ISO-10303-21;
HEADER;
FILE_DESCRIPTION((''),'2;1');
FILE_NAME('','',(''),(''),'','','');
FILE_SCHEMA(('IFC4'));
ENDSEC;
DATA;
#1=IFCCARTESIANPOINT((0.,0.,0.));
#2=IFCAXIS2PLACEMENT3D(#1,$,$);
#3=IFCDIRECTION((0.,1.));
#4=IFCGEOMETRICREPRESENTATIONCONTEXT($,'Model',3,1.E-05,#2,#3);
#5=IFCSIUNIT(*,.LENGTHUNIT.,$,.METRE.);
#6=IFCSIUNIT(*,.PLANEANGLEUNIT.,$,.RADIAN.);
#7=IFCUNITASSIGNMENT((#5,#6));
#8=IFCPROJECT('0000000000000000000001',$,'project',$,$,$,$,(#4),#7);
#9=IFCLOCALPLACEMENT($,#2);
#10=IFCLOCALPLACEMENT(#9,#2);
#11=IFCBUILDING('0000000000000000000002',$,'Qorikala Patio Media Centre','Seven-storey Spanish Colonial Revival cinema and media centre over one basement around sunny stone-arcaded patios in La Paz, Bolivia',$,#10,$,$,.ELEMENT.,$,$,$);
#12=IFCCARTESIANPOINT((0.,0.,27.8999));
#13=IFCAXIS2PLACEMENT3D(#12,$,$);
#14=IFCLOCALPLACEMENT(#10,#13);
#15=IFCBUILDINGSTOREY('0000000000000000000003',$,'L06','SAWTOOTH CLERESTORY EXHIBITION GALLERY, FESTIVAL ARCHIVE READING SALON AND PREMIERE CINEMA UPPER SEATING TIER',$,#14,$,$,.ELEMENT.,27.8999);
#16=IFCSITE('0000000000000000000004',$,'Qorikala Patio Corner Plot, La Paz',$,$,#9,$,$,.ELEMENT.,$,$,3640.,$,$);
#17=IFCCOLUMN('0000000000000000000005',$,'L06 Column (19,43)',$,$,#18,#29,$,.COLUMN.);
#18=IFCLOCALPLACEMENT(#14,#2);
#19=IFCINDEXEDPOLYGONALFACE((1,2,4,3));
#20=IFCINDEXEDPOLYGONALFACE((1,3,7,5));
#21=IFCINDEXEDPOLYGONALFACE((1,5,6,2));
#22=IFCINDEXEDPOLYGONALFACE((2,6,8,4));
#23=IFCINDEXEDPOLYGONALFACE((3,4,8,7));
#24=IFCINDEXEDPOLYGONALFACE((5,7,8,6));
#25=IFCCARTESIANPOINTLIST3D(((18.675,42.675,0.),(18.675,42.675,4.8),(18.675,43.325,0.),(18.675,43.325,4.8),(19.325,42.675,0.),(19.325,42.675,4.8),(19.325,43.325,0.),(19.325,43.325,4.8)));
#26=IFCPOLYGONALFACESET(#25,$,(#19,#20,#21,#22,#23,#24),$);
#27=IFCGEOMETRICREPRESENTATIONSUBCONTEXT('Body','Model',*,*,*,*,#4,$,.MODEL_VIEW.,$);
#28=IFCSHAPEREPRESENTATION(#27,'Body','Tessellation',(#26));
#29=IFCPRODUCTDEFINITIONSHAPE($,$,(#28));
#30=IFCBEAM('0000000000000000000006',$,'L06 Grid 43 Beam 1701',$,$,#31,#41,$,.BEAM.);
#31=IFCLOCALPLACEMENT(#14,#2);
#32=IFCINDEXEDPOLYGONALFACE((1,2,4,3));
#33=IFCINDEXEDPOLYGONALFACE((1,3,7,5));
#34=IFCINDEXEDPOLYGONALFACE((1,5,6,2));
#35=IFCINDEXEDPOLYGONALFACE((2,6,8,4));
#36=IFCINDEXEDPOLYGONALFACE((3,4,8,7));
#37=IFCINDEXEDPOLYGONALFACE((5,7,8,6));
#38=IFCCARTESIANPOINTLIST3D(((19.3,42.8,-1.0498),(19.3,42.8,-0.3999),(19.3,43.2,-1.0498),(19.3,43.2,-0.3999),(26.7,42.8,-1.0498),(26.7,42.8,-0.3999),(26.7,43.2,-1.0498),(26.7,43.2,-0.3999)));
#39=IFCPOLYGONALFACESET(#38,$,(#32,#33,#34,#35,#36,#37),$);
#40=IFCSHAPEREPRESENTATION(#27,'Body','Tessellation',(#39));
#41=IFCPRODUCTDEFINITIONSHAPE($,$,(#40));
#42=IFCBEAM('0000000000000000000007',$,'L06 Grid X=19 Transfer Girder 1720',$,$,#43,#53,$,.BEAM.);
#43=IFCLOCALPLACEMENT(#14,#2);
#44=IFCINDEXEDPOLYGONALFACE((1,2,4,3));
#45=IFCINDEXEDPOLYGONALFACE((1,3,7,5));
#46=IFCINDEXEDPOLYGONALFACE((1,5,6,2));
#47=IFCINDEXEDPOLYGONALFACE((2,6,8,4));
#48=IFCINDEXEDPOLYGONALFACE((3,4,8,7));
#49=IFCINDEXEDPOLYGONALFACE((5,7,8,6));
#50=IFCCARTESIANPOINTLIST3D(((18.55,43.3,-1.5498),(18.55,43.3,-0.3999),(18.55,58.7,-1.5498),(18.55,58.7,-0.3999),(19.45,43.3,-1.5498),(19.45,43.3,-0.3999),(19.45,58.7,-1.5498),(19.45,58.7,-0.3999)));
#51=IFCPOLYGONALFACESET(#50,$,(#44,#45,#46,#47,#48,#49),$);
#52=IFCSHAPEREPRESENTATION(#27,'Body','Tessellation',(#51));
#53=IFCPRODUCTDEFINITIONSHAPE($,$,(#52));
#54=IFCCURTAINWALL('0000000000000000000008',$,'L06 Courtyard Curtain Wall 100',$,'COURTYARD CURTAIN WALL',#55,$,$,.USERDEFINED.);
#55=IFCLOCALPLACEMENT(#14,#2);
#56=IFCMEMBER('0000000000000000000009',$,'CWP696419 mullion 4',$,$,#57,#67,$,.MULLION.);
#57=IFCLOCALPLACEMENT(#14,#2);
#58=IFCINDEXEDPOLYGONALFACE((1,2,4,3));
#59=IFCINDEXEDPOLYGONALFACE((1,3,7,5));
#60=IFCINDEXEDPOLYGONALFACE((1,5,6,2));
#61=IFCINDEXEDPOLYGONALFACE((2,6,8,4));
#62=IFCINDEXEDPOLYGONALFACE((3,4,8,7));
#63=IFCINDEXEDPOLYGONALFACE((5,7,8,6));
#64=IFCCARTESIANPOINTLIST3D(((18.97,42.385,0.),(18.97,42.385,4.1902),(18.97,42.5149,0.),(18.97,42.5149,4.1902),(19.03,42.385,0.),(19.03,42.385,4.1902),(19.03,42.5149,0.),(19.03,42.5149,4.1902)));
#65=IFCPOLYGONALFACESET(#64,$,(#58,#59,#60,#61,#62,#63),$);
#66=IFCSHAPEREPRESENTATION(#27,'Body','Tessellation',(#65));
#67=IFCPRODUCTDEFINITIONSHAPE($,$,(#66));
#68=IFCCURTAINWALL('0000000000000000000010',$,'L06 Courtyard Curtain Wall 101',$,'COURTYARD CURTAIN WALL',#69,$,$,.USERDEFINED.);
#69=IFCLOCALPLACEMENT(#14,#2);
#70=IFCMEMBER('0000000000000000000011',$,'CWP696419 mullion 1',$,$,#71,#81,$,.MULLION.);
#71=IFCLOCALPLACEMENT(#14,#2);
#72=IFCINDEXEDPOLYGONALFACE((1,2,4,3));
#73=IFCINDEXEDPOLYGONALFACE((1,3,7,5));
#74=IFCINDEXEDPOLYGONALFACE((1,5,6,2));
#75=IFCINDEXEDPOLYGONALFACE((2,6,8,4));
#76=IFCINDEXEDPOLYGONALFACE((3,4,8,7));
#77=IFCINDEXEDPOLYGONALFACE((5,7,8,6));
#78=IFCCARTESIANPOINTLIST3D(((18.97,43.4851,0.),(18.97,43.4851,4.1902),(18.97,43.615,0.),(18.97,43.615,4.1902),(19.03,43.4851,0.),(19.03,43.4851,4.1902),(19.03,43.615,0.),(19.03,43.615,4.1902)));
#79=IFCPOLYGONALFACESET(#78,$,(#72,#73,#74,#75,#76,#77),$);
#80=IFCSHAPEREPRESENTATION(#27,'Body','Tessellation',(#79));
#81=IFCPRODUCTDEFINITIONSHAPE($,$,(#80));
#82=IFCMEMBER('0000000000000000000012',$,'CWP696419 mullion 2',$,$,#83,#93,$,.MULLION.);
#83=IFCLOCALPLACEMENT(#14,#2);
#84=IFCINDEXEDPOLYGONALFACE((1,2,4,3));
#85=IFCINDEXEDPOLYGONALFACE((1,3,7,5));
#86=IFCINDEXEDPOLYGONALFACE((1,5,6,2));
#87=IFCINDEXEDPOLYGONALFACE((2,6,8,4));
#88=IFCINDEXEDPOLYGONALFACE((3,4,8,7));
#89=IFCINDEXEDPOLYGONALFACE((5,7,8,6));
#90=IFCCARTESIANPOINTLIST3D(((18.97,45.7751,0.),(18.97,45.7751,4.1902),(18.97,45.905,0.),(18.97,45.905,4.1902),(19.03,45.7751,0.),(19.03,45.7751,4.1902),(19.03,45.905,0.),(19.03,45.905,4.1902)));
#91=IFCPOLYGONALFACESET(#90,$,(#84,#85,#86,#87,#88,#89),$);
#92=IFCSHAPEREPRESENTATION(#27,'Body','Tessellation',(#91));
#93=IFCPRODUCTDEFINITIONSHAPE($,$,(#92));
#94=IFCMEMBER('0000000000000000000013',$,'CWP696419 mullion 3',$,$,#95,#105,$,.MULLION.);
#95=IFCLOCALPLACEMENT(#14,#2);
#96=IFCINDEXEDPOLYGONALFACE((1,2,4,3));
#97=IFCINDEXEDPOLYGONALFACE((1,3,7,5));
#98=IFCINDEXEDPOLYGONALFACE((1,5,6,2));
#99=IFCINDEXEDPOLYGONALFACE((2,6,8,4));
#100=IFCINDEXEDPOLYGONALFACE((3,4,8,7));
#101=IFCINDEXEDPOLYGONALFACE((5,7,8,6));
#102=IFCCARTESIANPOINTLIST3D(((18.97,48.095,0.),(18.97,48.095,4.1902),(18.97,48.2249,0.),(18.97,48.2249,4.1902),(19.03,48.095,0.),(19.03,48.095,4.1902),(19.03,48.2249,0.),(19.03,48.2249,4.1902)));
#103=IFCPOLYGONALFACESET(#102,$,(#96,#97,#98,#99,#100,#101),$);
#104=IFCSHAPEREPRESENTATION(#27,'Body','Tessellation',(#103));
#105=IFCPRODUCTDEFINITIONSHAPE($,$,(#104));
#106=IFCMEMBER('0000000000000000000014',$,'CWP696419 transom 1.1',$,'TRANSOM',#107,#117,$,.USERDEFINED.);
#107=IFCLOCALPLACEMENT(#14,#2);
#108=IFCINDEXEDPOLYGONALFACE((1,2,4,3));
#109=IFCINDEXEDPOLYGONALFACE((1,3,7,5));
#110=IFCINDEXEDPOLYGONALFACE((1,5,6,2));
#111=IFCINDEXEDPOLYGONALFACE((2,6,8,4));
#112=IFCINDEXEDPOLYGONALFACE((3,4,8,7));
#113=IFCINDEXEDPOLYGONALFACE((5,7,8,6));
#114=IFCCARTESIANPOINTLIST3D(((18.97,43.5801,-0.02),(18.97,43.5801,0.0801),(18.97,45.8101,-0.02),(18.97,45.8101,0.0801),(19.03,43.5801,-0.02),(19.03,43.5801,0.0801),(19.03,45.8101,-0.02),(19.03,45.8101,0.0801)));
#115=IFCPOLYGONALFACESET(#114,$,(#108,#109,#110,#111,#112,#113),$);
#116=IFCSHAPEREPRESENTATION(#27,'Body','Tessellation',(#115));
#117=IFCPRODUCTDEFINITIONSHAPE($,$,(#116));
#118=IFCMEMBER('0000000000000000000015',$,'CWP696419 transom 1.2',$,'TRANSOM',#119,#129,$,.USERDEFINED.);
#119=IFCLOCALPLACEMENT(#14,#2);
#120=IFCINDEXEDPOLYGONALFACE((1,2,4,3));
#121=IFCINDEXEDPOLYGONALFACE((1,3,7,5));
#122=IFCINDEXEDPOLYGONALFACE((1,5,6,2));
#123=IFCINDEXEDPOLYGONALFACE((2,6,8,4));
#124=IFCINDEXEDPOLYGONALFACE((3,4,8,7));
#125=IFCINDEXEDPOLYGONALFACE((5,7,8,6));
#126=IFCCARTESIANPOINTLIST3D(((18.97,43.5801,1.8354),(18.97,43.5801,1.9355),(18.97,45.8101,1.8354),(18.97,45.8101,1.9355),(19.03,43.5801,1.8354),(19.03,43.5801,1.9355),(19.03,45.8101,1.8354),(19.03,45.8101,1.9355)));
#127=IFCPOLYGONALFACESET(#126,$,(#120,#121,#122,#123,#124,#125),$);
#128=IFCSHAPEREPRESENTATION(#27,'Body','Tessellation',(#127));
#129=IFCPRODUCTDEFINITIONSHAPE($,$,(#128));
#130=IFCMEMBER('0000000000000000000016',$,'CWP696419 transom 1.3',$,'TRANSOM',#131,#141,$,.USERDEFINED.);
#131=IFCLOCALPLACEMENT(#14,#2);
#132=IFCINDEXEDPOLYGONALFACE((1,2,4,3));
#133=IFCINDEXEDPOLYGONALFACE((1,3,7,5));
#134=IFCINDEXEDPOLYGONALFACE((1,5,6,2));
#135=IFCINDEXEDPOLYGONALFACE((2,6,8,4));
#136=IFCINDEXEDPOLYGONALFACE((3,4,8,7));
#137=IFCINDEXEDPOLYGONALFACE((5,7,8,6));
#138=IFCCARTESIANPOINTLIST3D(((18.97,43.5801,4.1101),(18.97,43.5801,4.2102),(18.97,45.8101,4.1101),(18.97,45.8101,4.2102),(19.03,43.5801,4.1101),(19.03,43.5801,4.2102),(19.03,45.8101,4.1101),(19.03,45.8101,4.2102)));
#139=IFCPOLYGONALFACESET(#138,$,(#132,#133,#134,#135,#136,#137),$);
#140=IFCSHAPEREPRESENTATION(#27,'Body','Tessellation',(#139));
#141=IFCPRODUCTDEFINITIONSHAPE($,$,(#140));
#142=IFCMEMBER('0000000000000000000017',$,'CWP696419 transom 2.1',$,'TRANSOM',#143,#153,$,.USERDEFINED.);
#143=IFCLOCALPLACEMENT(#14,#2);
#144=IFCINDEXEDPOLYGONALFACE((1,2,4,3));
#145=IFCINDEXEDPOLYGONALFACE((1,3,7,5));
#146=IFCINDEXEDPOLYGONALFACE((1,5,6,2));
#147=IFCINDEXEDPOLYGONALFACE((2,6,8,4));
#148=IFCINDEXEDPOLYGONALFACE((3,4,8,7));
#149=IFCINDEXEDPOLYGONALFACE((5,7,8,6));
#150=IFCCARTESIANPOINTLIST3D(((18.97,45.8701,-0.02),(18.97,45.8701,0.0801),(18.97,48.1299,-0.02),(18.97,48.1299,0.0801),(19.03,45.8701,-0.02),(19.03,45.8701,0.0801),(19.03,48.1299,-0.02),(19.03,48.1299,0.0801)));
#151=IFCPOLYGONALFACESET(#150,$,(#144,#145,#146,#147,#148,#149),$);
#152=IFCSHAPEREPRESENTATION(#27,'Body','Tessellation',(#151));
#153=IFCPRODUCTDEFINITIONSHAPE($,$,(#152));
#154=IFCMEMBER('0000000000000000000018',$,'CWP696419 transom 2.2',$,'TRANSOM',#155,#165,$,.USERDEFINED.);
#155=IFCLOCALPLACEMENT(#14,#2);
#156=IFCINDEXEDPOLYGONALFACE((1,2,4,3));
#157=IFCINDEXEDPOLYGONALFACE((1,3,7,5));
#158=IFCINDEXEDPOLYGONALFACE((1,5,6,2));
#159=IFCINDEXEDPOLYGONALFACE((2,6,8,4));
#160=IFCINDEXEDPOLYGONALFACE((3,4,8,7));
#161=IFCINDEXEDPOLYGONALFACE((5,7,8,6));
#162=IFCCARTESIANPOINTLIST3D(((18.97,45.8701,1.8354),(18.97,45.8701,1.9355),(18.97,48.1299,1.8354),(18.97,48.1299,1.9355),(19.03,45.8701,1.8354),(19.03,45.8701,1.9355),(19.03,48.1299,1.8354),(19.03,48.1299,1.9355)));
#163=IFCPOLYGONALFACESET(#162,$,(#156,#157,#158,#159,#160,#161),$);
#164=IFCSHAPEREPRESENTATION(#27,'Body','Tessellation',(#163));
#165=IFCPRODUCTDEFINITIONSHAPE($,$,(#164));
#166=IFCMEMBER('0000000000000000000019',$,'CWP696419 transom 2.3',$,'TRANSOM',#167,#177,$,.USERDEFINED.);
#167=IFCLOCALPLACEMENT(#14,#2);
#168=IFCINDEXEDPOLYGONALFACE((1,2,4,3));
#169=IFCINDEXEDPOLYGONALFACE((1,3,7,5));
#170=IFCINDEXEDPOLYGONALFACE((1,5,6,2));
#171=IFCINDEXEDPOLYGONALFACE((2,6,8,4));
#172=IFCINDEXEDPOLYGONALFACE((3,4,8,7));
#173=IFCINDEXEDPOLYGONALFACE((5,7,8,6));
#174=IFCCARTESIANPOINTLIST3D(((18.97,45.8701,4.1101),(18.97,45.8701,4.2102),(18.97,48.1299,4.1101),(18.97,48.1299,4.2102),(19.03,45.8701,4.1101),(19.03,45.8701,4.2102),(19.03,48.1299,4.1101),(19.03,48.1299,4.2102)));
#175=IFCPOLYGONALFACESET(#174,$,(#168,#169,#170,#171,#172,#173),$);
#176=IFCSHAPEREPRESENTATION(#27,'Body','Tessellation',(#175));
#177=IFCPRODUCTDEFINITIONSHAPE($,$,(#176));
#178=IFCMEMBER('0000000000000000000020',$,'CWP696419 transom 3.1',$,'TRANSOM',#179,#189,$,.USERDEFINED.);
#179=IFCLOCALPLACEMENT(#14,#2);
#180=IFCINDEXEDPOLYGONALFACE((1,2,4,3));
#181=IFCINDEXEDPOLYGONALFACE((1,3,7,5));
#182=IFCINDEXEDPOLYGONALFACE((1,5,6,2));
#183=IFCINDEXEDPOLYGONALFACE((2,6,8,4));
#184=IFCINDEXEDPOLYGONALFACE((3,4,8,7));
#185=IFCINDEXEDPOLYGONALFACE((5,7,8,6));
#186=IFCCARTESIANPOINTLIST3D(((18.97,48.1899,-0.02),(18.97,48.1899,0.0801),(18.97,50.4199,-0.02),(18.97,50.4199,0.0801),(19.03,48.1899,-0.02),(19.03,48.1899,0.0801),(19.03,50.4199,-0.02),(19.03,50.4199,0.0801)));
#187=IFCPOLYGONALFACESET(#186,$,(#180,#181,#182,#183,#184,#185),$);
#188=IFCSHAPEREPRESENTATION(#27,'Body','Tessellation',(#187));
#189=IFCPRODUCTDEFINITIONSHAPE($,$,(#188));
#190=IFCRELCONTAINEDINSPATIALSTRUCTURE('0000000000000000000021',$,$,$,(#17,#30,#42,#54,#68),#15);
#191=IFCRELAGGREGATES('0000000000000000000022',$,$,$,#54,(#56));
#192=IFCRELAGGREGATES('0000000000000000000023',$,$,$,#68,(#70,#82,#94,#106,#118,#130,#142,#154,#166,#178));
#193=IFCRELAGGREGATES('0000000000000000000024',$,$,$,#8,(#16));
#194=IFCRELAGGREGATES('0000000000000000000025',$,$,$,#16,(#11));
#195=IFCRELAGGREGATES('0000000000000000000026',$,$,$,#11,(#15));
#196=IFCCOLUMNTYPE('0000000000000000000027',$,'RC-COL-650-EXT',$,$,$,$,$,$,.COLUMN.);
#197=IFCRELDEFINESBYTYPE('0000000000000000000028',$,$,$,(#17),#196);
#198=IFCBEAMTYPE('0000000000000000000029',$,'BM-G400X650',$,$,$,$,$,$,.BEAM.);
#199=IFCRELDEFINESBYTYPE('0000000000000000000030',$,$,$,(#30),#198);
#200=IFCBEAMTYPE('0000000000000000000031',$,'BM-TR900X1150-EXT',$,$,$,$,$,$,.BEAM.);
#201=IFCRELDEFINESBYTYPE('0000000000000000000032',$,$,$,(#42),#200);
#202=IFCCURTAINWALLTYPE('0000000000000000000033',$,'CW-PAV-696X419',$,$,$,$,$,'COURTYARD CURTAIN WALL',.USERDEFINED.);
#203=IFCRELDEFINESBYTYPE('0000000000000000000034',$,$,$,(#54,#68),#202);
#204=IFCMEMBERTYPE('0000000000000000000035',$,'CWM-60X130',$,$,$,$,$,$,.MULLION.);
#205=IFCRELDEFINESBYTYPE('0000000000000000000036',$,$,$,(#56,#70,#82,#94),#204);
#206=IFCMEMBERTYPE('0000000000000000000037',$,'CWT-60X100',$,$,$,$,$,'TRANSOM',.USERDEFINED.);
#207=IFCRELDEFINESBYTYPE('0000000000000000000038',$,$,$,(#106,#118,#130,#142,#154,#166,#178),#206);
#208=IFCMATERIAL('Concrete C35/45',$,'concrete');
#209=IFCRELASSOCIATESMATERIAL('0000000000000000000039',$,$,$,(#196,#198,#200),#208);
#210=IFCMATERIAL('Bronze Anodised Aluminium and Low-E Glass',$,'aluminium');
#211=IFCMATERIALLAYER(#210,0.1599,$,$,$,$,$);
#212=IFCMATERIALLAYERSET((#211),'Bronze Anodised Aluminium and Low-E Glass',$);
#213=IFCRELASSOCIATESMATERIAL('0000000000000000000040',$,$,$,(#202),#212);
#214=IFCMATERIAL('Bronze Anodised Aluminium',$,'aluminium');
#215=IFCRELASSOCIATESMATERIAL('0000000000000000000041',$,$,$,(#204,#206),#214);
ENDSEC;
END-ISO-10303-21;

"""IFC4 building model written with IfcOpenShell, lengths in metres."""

from ifc_helpers import new_model, si_unit, direction, frame, origin, origin_2d, place, context, subcontext, project, spatial, rectangle, extrude, material, layer, layer_set, material_profile, profile_set, type_object, element, aggregate, save


model = new_model("IFC4")

# Units and contexts
model_context = context("Model", 3, precision=1e-05, world=origin(), true_north=direction((0.0, 1.0)))
body_context = subcontext(model_context, "Body", "Model", "MODEL_VIEW")
ifc_project = project(units=[si_unit("LENGTHUNIT", "METRE"), si_unit("PLANEANGLEUNIT", "RADIAN")], contexts=[model_context])

# Site, building, storey
site_placement = place(None, origin())
site = spatial("IfcSite", under=ifc_project, at=site_placement, Name="Qorikala Patio Corner Plot, La Paz", CompositionType="ELEMENT", RefElevation=3640.0)
building_placement = place(site_placement, origin())
building = spatial("IfcBuilding", under=site, at=building_placement, Name="Qorikala Patio Media Centre", Description="Seven-storey Spanish Colonial Revival cinema and media centre over one basement around sunny stone-arcaded patios in La Paz, Bolivia", CompositionType="ELEMENT")
storey_placement = place(building_placement, frame((0.0, 0.0, 27.8999)))
storey = spatial("IfcBuildingStorey", under=building, at=storey_placement, Name="L06", Description="SAWTOOTH CLERESTORY EXHIBITION GALLERY, FESTIVAL ARCHIVE READING SALON AND PREMIERE CINEMA UPPER SEATING TIER", CompositionType="ELEMENT", Elevation=27.8999)

# Column
ifc_material_1 = material(Name="Concrete C35/45", Category="concrete")
ifc_material_profile_1 = material_profile(ifc_material_1, rectangle(XDim=0.6499, YDim=0.6499, at=origin_2d()), Name="RC 650x650")
ifc_profile_set_1 = profile_set([ifc_material_profile_1], Name="Concrete C35/45")
column_type = type_object("IfcColumnType", Name="RC-COL-650-EXT", PredefinedType="COLUMN", material=ifc_profile_set_1)
column_placement = place(storey_placement, frame((19.0, 43.0, 0.0), z_axis=(0.0, 0.0, 1.0), x_axis=(1.0, 0.0, 0.0)))
element("IfcColumn", 1, at=column_placement, inside=storey, type_object=column_type, Name="L06 Column (19,43)", PredefinedType="COLUMN", context=body_context, shape_type="SweptSolid", body=[
    extrude(rectangle(XDim=0.6499, YDim=0.6499, at=origin_2d()), origin(), (0.0, 0.0, 1.0), 4.8),
])

# Beams
ifc_material_profile_2 = material_profile(ifc_material_1, rectangle(XDim=0.3999, YDim=0.6499, at=origin_2d()), Name="RC 400x650")
ifc_profile_set_2 = profile_set([ifc_material_profile_2], Name="Concrete C35/45")
beam_type_1 = type_object("IfcBeamType", Name="BM-G400X650", PredefinedType="BEAM", material=ifc_profile_set_2)
beam_1_placement = place(storey_placement, frame((19.3, 43.0, -0.7249), z_axis=(1.0, 0.0, 0.0), x_axis=(0.0, 1.0, 0.0)))
element("IfcBeam", 2, at=beam_1_placement, inside=storey, type_object=beam_type_1, Name="L06 Grid 43 Beam 1701", PredefinedType="BEAM", context=body_context, shape_type="SweptSolid", body=[
    extrude(rectangle(XDim=0.3999, YDim=0.6499, at=origin_2d()), origin(), (0.0, 0.0, 1.0), 7.3999),
])
ifc_material_profile_3 = material_profile(ifc_material_1, rectangle(XDim=0.8999, YDim=1.1499, at=origin_2d()), Name="RC 900x1150")
ifc_profile_set_3 = profile_set([ifc_material_profile_3], Name="Concrete C35/45")
beam_type_2 = type_object("IfcBeamType", Name="BM-TR900X1150-EXT", PredefinedType="BEAM", material=ifc_profile_set_3)
beam_2_placement = place(storey_placement, frame((19.0, 43.3, -0.9749), z_axis=(0.0, 1.0, 0.0), x_axis=(-1.0, 0.0, 0.0)))
element("IfcBeam", 3, at=beam_2_placement, inside=storey, type_object=beam_type_2, Name="L06 Grid X=19 Transfer Girder 1720", PredefinedType="BEAM", context=body_context, shape_type="SweptSolid", body=[
    extrude(rectangle(XDim=0.8999, YDim=1.1499, at=origin_2d()), origin(), (0.0, 0.0, 1.0), 15.3999),
])

# Curtain wall, member
ifc_material_2 = material(Name="Bronze Anodised Aluminium and Low-E Glass", Category="aluminium")
ifc_layer_1 = layer(ifc_material_2, 0.1599)
ifc_layer_set_1 = layer_set([ifc_layer_1], Name="Bronze Anodised Aluminium and Low-E Glass")
curtain_wall_type = type_object("IfcCurtainWallType", Name="CW-PAV-696X419", ElementType="COURTYARD CURTAIN WALL", PredefinedType="USERDEFINED", material=ifc_layer_set_1)
curtain_wall_1_placement = place(storey_placement, origin())
curtain_wall_1 = element("IfcCurtainWall", 4, at=curtain_wall_1_placement, inside=storey, type_object=curtain_wall_type, Name="L06 Courtyard Curtain Wall 100", ObjectType="COURTYARD CURTAIN WALL", PredefinedType="USERDEFINED")
ifc_material_3 = material(Name="Bronze Anodised Aluminium", Category="aluminium")
ifc_material_profile_4 = material_profile(ifc_material_3, rectangle(XDim=0.0601, YDim=0.1299, at=origin_2d()), Name="ALU MULLION 60x130")
ifc_profile_set_4 = profile_set([ifc_material_profile_4], Name="Bronze Anodised Aluminium")
member_type_1 = type_object("IfcMemberType", Name="CWM-60X130", PredefinedType="MULLION", material=ifc_profile_set_4)
member_1_placement = place(storey_placement, frame((19.0, 42.45, 0.0), z_axis=(0.0, 0.0, 1.0), x_axis=(-1.0, 0.0, 0.0)))
member_1 = element("IfcMember", 5, at=member_1_placement, type_object=member_type_1, Name="CWP696419 mullion 4", PredefinedType="MULLION", context=body_context, shape_type="SweptSolid", body=[
    extrude(rectangle(XDim=0.0601, YDim=0.1299, at=origin_2d()), origin(), (0.0, 0.0, 1.0), 4.1902),
])

# Curtain wall, members
curtain_wall_2_placement = place(storey_placement, origin())
curtain_wall_2 = element("IfcCurtainWall", 6, at=curtain_wall_2_placement, inside=storey, type_object=curtain_wall_type, Name="L06 Courtyard Curtain Wall 101", ObjectType="COURTYARD CURTAIN WALL", PredefinedType="USERDEFINED")
member_2_placement = place(storey_placement, frame((19.0, 43.55, 0.0), z_axis=(0.0, 0.0, 1.0), x_axis=(-1.0, 0.0, 0.0)))
member_2 = element("IfcMember", 7, at=member_2_placement, type_object=member_type_1, Name="CWP696419 mullion 1", PredefinedType="MULLION", context=body_context, shape_type="SweptSolid", body=[
    extrude(rectangle(XDim=0.0601, YDim=0.1299, at=origin_2d()), origin(), (0.0, 0.0, 1.0), 4.1902),
])
member_3_placement = place(storey_placement, frame((19.0, 45.8401, 0.0), z_axis=(0.0, 0.0, 1.0), x_axis=(-1.0, 0.0, 0.0)))
member_3 = element("IfcMember", 8, at=member_3_placement, type_object=member_type_1, Name="CWP696419 mullion 2", PredefinedType="MULLION", context=body_context, shape_type="SweptSolid", body=[
    extrude(rectangle(XDim=0.0601, YDim=0.1299, at=origin_2d()), origin(), (0.0, 0.0, 1.0), 4.1902),
])
member_4_placement = place(storey_placement, frame((19.0, 48.1599, 0.0), z_axis=(0.0, 0.0, 1.0), x_axis=(-1.0, 0.0, 0.0)))
member_4 = element("IfcMember", 9, at=member_4_placement, type_object=member_type_1, Name="CWP696419 mullion 3", PredefinedType="MULLION", context=body_context, shape_type="SweptSolid", body=[
    extrude(rectangle(XDim=0.0601, YDim=0.1299, at=origin_2d()), origin(), (0.0, 0.0, 1.0), 4.1902),
])
ifc_material_profile_5 = material_profile(ifc_material_3, rectangle(XDim=0.0601, YDim=0.1001, at=origin_2d()), Name="ALU TRANSOM 60x100")
ifc_profile_set_5 = profile_set([ifc_material_profile_5], Name="Bronze Anodised Aluminium")
member_type_2 = type_object("IfcMemberType", Name="CWT-60X100", ElementType="TRANSOM", PredefinedType="USERDEFINED", material=ifc_profile_set_5)
member_5_placement = place(storey_placement, frame((19.0, 43.5801, 0.03), z_axis=(0.0, 1.0, 0.0), x_axis=(-1.0, 0.0, 0.0)))
member_5 = element("IfcMember", 10, at=member_5_placement, type_object=member_type_2, Name="CWP696419 transom 1.1", ObjectType="TRANSOM", PredefinedType="USERDEFINED", context=body_context, shape_type="SweptSolid", body=[
    extrude(rectangle(XDim=0.0601, YDim=0.1001, at=origin_2d()), origin(), (0.0, 0.0, 1.0), 2.23),
])
member_6_placement = place(storey_placement, frame((19.0, 43.5801, 1.8855), z_axis=(0.0, 1.0, 0.0), x_axis=(-1.0, 0.0, 0.0)))
member_6 = element("IfcMember", 11, at=member_6_placement, type_object=member_type_2, Name="CWP696419 transom 1.2", ObjectType="TRANSOM", PredefinedType="USERDEFINED", context=body_context, shape_type="SweptSolid", body=[
    extrude(rectangle(XDim=0.0601, YDim=0.1001, at=origin_2d()), origin(), (0.0, 0.0, 1.0), 2.23),
])
member_7_placement = place(storey_placement, frame((19.0, 43.5801, 4.1602), z_axis=(0.0, 1.0, 0.0), x_axis=(-1.0, 0.0, 0.0)))
member_7 = element("IfcMember", 12, at=member_7_placement, type_object=member_type_2, Name="CWP696419 transom 1.3", ObjectType="TRANSOM", PredefinedType="USERDEFINED", context=body_context, shape_type="SweptSolid", body=[
    extrude(rectangle(XDim=0.0601, YDim=0.1001, at=origin_2d()), origin(), (0.0, 0.0, 1.0), 2.23),
])
member_8_placement = place(storey_placement, frame((19.0, 45.8701, 0.03), z_axis=(0.0, 1.0, 0.0), x_axis=(-1.0, 0.0, 0.0)))
member_8 = element("IfcMember", 13, at=member_8_placement, type_object=member_type_2, Name="CWP696419 transom 2.1", ObjectType="TRANSOM", PredefinedType="USERDEFINED", context=body_context, shape_type="SweptSolid", body=[
    extrude(rectangle(XDim=0.0601, YDim=0.1001, at=origin_2d()), origin(), (0.0, 0.0, 1.0), 2.2598),
])
member_9_placement = place(storey_placement, frame((19.0, 45.8701, 1.8855), z_axis=(0.0, 1.0, 0.0), x_axis=(-1.0, 0.0, 0.0)))
member_9 = element("IfcMember", 14, at=member_9_placement, type_object=member_type_2, Name="CWP696419 transom 2.2", ObjectType="TRANSOM", PredefinedType="USERDEFINED", context=body_context, shape_type="SweptSolid", body=[
    extrude(rectangle(XDim=0.0601, YDim=0.1001, at=origin_2d()), origin(), (0.0, 0.0, 1.0), 2.2598),
])
member_10_placement = place(storey_placement, frame((19.0, 45.8701, 4.1602), z_axis=(0.0, 1.0, 0.0), x_axis=(-1.0, 0.0, 0.0)))
member_10 = element("IfcMember", 15, at=member_10_placement, type_object=member_type_2, Name="CWP696419 transom 2.3", ObjectType="TRANSOM", PredefinedType="USERDEFINED", context=body_context, shape_type="SweptSolid", body=[
    extrude(rectangle(XDim=0.0601, YDim=0.1001, at=origin_2d()), origin(), (0.0, 0.0, 1.0), 2.2598),
])
member_11_placement = place(storey_placement, frame((19.0, 48.1899, 0.03), z_axis=(0.0, 1.0, 0.0), x_axis=(-1.0, 0.0, 0.0)))
member_11 = element("IfcMember", 16, at=member_11_placement, type_object=member_type_2, Name="CWP696419 transom 3.1", ObjectType="TRANSOM", PredefinedType="USERDEFINED", context=body_context, shape_type="SweptSolid", body=[
    extrude(rectangle(XDim=0.0601, YDim=0.1001, at=origin_2d()), origin(), (0.0, 0.0, 1.0), 2.23),
])

aggregate(curtain_wall_1, [member_1])
aggregate(curtain_wall_2, [member_2, member_3, member_4, member_5, member_6, member_7, member_8, member_9, member_10, member_11])

save(model, "model.ifc")
